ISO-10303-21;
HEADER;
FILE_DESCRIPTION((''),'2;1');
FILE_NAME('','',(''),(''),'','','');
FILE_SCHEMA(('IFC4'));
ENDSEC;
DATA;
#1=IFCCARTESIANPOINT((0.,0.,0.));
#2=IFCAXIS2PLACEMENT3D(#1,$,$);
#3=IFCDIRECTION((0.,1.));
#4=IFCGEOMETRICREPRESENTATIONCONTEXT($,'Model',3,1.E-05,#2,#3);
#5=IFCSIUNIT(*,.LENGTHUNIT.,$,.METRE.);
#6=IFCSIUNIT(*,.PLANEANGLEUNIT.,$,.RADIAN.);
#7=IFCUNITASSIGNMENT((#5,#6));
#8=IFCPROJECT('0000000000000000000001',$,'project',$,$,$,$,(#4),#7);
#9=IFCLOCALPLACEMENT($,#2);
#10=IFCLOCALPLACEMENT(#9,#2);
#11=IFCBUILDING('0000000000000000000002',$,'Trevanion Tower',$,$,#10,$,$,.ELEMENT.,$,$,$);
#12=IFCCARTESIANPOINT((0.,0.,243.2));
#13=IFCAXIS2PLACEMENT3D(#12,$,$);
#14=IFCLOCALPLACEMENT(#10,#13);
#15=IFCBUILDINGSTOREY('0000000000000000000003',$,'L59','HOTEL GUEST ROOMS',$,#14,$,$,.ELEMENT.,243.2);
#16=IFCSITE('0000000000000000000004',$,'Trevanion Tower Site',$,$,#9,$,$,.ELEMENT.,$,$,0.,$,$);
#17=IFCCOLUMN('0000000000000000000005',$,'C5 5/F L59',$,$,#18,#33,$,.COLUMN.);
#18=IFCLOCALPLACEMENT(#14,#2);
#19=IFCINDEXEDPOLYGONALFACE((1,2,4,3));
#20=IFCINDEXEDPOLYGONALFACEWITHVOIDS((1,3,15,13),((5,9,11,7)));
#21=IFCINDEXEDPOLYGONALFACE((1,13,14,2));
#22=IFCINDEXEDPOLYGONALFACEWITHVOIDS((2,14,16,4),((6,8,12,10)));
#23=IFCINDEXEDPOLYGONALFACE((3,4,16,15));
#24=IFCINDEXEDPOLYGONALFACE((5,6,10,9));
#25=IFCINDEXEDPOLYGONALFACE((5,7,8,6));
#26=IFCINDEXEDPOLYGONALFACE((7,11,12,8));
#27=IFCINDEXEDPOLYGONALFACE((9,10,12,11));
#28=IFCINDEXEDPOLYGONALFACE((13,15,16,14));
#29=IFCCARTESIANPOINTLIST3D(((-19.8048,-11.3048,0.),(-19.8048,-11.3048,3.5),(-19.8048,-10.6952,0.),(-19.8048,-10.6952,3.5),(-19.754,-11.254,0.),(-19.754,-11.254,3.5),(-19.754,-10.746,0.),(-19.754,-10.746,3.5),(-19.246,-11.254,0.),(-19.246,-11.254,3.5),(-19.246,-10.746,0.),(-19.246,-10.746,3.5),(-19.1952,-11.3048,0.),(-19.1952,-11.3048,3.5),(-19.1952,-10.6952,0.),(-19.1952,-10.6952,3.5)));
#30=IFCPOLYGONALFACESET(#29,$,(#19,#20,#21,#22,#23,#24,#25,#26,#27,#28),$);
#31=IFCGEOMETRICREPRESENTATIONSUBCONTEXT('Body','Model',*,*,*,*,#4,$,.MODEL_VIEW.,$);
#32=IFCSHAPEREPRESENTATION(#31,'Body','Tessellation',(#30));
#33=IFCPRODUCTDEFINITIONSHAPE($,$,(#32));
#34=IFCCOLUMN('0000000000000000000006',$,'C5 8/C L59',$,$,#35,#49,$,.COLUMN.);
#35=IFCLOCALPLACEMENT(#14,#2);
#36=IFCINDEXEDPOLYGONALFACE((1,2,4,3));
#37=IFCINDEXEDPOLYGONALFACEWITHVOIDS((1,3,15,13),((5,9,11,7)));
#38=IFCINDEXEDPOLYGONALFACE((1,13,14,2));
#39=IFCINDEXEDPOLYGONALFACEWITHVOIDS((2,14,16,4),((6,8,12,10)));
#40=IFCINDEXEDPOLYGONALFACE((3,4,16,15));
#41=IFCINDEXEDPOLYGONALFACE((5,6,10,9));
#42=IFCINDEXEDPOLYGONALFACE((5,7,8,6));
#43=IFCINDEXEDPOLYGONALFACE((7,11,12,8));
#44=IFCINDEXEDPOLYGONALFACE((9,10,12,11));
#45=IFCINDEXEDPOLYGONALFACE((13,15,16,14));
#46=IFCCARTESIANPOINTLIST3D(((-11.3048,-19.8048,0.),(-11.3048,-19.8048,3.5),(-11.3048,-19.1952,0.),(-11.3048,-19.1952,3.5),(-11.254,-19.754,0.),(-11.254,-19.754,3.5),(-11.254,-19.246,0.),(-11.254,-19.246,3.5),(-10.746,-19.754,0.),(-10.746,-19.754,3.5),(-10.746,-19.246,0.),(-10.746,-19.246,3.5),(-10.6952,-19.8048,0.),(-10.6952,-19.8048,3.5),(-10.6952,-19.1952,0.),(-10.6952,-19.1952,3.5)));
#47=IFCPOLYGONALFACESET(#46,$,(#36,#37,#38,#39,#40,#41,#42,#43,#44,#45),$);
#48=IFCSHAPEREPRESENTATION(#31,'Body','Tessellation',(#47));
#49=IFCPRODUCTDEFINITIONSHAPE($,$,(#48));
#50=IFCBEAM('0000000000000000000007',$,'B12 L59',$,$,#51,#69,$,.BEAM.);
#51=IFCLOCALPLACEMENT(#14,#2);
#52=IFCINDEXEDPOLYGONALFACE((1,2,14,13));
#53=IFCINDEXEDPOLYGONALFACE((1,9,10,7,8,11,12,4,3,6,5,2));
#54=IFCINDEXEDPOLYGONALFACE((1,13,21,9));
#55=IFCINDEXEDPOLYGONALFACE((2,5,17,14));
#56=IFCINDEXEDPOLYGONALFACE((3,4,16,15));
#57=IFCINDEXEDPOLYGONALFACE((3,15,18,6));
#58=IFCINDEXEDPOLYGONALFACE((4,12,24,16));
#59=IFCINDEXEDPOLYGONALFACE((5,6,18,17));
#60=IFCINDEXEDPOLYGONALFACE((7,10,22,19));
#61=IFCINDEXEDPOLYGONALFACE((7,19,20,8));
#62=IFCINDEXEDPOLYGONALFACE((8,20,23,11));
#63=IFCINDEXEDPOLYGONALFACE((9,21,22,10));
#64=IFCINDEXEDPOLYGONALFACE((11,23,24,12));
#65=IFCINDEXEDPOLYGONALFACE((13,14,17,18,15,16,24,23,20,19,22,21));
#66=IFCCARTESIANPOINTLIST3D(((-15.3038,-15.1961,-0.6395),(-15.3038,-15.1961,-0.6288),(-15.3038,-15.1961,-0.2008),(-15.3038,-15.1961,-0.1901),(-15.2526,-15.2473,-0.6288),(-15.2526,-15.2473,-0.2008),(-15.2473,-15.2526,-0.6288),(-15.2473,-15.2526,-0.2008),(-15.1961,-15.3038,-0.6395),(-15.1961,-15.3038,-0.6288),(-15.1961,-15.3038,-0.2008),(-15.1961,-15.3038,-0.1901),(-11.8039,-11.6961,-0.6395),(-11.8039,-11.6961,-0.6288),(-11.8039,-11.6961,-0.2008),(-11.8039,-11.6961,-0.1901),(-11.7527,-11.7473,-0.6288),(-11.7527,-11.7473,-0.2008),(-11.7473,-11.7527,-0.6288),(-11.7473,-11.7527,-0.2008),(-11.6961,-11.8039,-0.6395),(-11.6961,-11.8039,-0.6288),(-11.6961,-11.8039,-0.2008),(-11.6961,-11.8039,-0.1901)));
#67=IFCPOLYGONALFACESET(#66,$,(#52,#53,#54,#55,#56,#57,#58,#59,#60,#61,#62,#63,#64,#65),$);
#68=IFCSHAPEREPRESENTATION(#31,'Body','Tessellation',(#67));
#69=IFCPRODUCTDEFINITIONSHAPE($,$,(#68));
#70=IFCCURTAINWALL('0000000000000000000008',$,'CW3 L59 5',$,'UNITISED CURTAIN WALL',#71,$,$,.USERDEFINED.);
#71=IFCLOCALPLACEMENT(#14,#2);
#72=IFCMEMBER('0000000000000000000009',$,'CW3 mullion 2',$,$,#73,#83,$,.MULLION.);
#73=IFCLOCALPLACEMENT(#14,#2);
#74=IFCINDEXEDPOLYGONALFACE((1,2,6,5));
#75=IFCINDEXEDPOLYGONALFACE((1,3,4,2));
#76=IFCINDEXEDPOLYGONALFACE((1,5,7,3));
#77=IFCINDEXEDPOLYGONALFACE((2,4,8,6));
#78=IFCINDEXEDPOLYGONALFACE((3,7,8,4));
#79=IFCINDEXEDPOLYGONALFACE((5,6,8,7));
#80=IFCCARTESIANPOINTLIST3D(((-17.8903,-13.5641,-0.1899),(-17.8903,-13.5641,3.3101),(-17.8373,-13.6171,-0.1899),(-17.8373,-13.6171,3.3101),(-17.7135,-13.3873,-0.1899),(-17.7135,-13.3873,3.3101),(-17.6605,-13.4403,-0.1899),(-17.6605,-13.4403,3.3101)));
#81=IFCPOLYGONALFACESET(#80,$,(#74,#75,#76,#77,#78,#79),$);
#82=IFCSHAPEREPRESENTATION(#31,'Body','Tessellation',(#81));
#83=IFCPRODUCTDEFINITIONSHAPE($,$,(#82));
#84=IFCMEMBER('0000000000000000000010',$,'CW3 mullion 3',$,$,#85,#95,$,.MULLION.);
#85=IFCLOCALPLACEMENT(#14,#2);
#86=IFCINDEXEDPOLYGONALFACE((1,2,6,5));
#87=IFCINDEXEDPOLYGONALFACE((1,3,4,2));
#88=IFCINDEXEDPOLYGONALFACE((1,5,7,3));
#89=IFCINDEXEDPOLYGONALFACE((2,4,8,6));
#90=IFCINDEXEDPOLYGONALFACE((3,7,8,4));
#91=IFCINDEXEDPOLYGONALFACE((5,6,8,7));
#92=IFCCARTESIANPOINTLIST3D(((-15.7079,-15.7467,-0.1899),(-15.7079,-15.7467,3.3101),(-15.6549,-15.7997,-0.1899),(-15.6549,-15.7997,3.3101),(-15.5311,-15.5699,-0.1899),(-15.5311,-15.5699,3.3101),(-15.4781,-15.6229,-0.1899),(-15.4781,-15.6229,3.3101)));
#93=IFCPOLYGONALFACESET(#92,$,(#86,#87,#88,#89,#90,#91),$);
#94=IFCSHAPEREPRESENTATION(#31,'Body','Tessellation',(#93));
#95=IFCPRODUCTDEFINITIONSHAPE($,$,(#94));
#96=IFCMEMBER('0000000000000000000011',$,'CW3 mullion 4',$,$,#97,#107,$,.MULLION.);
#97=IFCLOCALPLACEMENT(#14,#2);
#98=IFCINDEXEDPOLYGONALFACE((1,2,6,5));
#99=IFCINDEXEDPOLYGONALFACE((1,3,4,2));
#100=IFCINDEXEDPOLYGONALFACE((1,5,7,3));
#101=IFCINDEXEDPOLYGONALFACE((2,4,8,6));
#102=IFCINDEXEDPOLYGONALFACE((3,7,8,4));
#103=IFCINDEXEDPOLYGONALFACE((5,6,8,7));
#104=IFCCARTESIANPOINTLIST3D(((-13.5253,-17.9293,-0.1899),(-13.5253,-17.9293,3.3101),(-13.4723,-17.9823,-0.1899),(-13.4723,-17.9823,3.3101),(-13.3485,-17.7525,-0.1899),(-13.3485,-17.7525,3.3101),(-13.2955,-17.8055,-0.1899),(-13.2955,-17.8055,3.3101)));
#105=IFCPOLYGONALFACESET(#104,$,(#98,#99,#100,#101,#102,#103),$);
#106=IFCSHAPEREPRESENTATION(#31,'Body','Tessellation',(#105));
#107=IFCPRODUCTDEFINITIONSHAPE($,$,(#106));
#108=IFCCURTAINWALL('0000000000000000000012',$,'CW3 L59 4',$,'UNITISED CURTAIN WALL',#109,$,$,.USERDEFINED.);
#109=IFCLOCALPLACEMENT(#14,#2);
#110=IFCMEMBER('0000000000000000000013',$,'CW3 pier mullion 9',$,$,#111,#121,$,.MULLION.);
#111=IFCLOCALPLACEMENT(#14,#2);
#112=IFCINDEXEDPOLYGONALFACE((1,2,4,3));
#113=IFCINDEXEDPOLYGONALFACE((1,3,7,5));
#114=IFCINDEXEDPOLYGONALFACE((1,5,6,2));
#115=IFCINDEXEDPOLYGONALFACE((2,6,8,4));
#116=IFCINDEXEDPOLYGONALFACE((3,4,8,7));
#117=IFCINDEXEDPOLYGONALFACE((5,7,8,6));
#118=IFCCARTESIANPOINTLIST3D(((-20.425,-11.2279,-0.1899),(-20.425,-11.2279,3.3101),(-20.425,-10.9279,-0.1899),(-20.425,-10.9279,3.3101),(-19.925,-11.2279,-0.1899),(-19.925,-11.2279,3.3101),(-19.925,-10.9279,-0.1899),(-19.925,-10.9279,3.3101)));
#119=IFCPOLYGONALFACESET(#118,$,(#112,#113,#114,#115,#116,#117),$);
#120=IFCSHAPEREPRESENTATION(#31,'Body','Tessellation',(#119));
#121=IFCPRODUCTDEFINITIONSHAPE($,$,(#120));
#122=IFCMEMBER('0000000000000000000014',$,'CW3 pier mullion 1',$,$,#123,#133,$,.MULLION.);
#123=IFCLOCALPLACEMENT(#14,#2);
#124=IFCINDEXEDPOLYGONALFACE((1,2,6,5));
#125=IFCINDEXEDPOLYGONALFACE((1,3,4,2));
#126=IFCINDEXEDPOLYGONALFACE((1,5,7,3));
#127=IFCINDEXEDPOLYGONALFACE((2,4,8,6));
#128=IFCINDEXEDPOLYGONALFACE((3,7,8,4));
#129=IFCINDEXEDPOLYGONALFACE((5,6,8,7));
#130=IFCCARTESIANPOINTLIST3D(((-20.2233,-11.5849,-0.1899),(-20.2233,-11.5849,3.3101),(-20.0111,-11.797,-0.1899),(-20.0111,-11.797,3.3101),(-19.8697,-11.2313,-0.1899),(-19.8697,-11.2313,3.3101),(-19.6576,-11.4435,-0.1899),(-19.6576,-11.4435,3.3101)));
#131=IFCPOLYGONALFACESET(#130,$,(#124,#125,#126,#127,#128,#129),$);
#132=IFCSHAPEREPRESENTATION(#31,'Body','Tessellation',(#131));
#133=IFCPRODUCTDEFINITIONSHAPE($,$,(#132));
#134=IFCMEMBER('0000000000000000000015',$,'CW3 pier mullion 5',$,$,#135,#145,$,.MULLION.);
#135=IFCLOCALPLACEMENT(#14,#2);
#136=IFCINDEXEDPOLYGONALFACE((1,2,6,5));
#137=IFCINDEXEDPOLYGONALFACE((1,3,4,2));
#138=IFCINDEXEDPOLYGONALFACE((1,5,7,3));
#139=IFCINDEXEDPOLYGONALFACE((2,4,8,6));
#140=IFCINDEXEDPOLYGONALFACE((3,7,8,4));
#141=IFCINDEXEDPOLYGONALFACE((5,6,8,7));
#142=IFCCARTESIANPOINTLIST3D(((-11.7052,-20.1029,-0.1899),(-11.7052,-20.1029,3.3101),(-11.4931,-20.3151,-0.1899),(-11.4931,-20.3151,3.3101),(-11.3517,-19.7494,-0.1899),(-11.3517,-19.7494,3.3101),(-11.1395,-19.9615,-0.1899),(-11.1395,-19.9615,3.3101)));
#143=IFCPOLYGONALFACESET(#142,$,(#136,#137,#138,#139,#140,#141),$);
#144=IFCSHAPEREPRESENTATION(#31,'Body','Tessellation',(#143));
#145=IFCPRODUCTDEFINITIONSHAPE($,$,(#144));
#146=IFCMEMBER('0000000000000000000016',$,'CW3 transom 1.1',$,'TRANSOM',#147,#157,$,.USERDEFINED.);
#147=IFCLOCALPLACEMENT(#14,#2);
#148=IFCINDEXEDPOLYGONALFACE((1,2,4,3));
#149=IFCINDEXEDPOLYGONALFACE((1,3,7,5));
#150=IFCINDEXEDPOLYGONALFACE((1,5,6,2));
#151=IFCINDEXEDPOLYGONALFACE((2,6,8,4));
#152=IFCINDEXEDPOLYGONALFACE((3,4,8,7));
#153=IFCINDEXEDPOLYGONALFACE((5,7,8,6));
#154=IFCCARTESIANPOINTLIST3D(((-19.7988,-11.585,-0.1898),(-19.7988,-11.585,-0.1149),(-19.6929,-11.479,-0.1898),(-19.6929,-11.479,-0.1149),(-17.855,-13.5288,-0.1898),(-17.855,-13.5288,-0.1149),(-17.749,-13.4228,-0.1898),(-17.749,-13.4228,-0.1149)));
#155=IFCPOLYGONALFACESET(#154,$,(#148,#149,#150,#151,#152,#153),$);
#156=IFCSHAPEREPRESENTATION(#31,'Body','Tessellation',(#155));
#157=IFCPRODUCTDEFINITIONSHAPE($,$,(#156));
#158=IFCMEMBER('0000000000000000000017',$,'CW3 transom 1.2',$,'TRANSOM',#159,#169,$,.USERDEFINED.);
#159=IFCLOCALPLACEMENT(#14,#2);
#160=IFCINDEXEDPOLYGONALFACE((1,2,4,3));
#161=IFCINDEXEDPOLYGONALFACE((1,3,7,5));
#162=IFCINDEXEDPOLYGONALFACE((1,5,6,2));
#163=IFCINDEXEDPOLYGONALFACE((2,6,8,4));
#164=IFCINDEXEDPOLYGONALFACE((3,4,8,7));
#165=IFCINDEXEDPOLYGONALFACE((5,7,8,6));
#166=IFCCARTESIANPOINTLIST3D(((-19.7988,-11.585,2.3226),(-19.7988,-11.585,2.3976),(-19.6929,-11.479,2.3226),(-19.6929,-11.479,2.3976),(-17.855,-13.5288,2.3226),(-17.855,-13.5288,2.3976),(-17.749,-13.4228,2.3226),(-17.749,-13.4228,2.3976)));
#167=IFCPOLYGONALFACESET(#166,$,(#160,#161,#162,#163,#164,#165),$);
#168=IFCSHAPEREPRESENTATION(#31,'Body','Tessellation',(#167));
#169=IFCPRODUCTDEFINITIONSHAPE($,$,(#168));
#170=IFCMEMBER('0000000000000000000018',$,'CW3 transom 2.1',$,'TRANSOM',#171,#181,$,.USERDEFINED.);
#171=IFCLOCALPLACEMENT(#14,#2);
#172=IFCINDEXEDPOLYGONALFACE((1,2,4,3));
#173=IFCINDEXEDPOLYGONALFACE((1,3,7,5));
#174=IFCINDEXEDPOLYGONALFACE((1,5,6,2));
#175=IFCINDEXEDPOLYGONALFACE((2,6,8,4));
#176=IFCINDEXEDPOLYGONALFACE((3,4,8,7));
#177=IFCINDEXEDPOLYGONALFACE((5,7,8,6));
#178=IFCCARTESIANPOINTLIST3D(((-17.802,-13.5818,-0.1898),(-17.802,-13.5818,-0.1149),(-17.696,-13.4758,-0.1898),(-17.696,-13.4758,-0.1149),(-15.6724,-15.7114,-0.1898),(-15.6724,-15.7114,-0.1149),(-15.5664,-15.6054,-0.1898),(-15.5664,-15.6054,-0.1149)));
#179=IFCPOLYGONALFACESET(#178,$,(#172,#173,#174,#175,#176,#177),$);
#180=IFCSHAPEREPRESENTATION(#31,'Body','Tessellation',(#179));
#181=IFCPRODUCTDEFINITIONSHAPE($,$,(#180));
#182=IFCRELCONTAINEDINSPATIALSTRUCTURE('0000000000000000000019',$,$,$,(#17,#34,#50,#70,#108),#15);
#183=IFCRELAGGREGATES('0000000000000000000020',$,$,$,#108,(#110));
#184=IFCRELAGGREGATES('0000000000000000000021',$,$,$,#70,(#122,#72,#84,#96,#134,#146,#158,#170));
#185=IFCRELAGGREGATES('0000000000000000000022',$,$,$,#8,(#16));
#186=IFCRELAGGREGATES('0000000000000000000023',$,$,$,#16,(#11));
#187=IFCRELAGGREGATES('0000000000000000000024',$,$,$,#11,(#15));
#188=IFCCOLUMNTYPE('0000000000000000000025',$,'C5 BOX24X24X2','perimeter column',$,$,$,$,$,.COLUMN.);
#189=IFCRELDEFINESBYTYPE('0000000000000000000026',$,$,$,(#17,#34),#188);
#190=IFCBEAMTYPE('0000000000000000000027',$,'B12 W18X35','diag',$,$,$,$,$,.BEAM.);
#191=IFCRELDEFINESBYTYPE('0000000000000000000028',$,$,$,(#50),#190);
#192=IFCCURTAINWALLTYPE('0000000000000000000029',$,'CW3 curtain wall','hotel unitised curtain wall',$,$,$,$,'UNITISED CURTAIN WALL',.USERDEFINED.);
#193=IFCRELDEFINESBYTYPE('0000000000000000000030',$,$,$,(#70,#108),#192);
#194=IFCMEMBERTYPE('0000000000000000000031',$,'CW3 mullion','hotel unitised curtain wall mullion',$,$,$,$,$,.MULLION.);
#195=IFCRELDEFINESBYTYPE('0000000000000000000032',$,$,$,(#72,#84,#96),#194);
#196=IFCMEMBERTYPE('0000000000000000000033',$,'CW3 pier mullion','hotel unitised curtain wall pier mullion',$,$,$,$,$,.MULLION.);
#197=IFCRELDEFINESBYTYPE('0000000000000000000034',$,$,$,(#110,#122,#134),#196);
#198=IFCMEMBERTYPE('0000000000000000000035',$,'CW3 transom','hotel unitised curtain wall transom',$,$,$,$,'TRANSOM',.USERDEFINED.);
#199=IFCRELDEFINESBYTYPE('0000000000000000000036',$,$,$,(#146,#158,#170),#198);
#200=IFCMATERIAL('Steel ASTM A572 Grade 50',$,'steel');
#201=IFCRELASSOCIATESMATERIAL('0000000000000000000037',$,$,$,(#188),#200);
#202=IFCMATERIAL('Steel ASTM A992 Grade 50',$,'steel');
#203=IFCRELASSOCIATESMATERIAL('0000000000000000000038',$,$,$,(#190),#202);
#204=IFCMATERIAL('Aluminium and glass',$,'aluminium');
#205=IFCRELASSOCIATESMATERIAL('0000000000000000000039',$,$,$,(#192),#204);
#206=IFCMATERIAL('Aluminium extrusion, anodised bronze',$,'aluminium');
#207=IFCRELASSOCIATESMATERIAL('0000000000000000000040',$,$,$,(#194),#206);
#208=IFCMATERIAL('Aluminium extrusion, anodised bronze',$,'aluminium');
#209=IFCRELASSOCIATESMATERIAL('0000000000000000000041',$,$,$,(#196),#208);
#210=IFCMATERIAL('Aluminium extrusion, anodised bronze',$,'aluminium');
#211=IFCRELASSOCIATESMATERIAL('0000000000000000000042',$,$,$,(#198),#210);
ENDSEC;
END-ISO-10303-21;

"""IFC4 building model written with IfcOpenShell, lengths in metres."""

from ifc_helpers import new_model, si_unit, direction, frame, origin, origin_2d, place, context, subcontext, project, spatial, rectangle, hollow_rectangle, i_section, extrude, material, material_profile, profile_set, type_object, element, aggregate, save


model = new_model("IFC4")

# Units and contexts
model_context = context("Model", 3, precision=1e-05, world=origin(), true_north=direction((0.0, 1.0)))
body_context = subcontext(model_context, "Body", "Model", "MODEL_VIEW")
ifc_project = project(units=[si_unit("LENGTHUNIT", "METRE"), si_unit("PLANEANGLEUNIT", "RADIAN")], contexts=[model_context])

# Site, building, storey
site_placement = place(None, origin())
site = spatial("IfcSite", under=ifc_project, at=site_placement, Name="Trevanion Tower Site", CompositionType="ELEMENT", RefElevation=0.0)
building_placement = place(site_placement, origin())
building = spatial("IfcBuilding", under=site, at=building_placement, Name="Trevanion Tower", CompositionType="ELEMENT")
storey_placement = place(building_placement, frame((0.0, 0.0, 243.2)))
storey = spatial("IfcBuildingStorey", under=building, at=storey_placement, Name="L59", Description="HOTEL GUEST ROOMS", CompositionType="ELEMENT", Elevation=243.2)

# Columns
ifc_material_1 = material(Name="Steel ASTM A572 Grade 50", Category="steel")
ifc_material_profile_1 = material_profile(ifc_material_1, hollow_rectangle(XDim=0.6096, YDim=0.6096, WallThickness=0.0508, at=origin_2d()), Name="BOX24X24X2")
ifc_profile_set_1 = profile_set([ifc_material_profile_1], Name="Steel ASTM A572 Grade 50")
column_type = type_object("IfcColumnType", Name="C5 BOX24X24X2", Description="perimeter column", PredefinedType="COLUMN", material=ifc_profile_set_1)
for number, where, z_axis, x_axis, name in (
    (1, (-19.5, -11.0, 0.0), (0.0, 0.0, 1.0), (0.0, 1.0, 0.0), "C5 5/F L59"),
    (2, (-11.0, -19.5, 0.0), (0.0, 0.0, 1.0), (1.0, 0.0, 0.0), "C5 8/C L59"),
):
    element("IfcColumn", number, at=place(storey_placement, frame(where, z_axis=z_axis, x_axis=x_axis)), inside=storey, type_object=column_type, Name=name, PredefinedType="COLUMN", context=body_context, shape_type="SweptSolid", body=[
        extrude(hollow_rectangle(XDim=0.6096, YDim=0.6096, WallThickness=0.0508, at=origin_2d()), origin(), (0.0, 0.0, 1.0), 3.5),
    ])

# Beam
ifc_material_2 = material(Name="Steel ASTM A992 Grade 50", Category="steel")
ifc_material_profile_2 = material_profile(ifc_material_2, i_section(OverallWidth=0.1523, OverallDepth=0.4495, WebThickness=0.0076, FlangeThickness=0.0107, at=origin_2d()), Name="W18X35")
ifc_profile_set_2 = profile_set([ifc_material_profile_2], Name="Steel ASTM A992 Grade 50")
beam_type_1 = type_object("IfcBeamType", Name="B12 W18X35", Description="diag", PredefinedType="BEAM", material=ifc_profile_set_2)
beam_1_placement = place(storey_placement, frame((-11.75, -11.75, -0.4148), z_axis=(-0.707107, -0.707107, 0.0), x_axis=(0.707107, -0.707107, 0.0)))
element("IfcBeam", 3, at=beam_1_placement, inside=storey, type_object=beam_type_1, Name="B12 L59", PredefinedType="BEAM", context=body_context, shape_type="SweptSolid", body=[
    extrude(i_section(OverallWidth=0.1523, OverallDepth=0.4495, WebThickness=0.0076, FlangeThickness=0.0107, at=origin_2d()), origin(), (0.0, 0.0, 1.0), 4.9497),
])

# Curtain wall, members
ifc_material_3 = material(Name="Aluminium and glass", Category="aluminium")
curtain_wall_type = type_object("IfcCurtainWallType", Name="CW3 curtain wall", Description="hotel unitised curtain wall", ElementType="UNITISED CURTAIN WALL", PredefinedType="USERDEFINED", material=ifc_material_3)
curtain_wall_1_placement = place(storey_placement, origin())
curtain_wall_1 = element("IfcCurtainWall", 4, at=curtain_wall_1_placement, inside=storey, type_object=curtain_wall_type, Name="CW3 L59 5", ObjectType="UNITISED CURTAIN WALL", PredefinedType="USERDEFINED")
ifc_material_4 = material(Name="Aluminium extrusion, anodised bronze", Category="aluminium")
ifc_material_profile_3 = material_profile(ifc_material_4, rectangle(XDim=0.075, YDim=0.25, at=origin_2d()), Name="CW3 mullion")
ifc_profile_set_3 = profile_set([ifc_material_profile_3], Name="Aluminium extrusion, anodised bronze")
member_type_1 = type_object("IfcMemberType", Name="CW3 mullion", Description="hotel unitised curtain wall mullion", PredefinedType="MULLION", material=ifc_profile_set_3)
member_1_placement = place(storey_placement, frame((-17.7754, -13.5022, -0.1899), z_axis=(0.0, 0.0, 1.0), x_axis=(0.707107, -0.707107, 0.0)))
member_1 = element("IfcMember", 5, at=member_1_placement, type_object=member_type_1, Name="CW3 mullion 2", PredefinedType="MULLION", context=body_context, shape_type="SweptSolid", body=[
    extrude(rectangle(XDim=0.075, YDim=0.25, at=origin_2d()), origin(), (0.0, 0.0, 1.0), 3.5),
])
member_2_placement = place(storey_placement, frame((-15.593, -15.6848, -0.1899), z_axis=(0.0, 0.0, 1.0), x_axis=(0.707107, -0.707107, 0.0)))
member_2 = element("IfcMember", 6, at=member_2_placement, type_object=member_type_1, Name="CW3 mullion 3", PredefinedType="MULLION", context=body_context, shape_type="SweptSolid", body=[
    extrude(rectangle(XDim=0.075, YDim=0.25, at=origin_2d()), origin(), (0.0, 0.0, 1.0), 3.5),
])
member_3_placement = place(storey_placement, frame((-13.4104, -17.8674, -0.1899), z_axis=(0.0, 0.0, 1.0), x_axis=(0.707107, -0.707107, 0.0)))
member_3 = element("IfcMember", 7, at=member_3_placement, type_object=member_type_1, Name="CW3 mullion 4", PredefinedType="MULLION", context=body_context, shape_type="SweptSolid", body=[
    extrude(rectangle(XDim=0.075, YDim=0.25, at=origin_2d()), origin(), (0.0, 0.0, 1.0), 3.5),
])

# Curtain wall, member
curtain_wall_2_placement = place(storey_placement, origin())
curtain_wall_2 = element("IfcCurtainWall", 8, at=curtain_wall_2_placement, inside=storey, type_object=curtain_wall_type, Name="CW3 L59 4", ObjectType="UNITISED CURTAIN WALL", PredefinedType="USERDEFINED")
ifc_material_5 = material(Name="Aluminium extrusion, anodised bronze", Category="aluminium")
ifc_material_profile_4 = material_profile(ifc_material_5, rectangle(XDim=0.3, YDim=0.5, at=origin_2d()), Name="CW3 pier mullion")
ifc_profile_set_4 = profile_set([ifc_material_profile_4], Name="Aluminium extrusion, anodised bronze")
member_type_2 = type_object("IfcMemberType", Name="CW3 pier mullion", Description="hotel unitised curtain wall pier mullion", PredefinedType="MULLION", material=ifc_profile_set_4)
member_4_placement = place(storey_placement, frame((-20.175, -11.0779, -0.1899), z_axis=(0.0, 0.0, 1.0), x_axis=(0.0, -1.0, 0.0)))
member_4 = element("IfcMember", 9, at=member_4_placement, type_object=member_type_2, Name="CW3 pier mullion 9", PredefinedType="MULLION", context=body_context, shape_type="SweptSolid", body=[
    extrude(rectangle(XDim=0.3, YDim=0.5, at=origin_2d()), origin(), (0.0, 0.0, 1.0), 3.5),
])
aggregate(curtain_wall_2, [member_4])

# Members
member_5_placement = place(storey_placement, frame((-19.9404, -11.5142, -0.1899), z_axis=(0.0, 0.0, 1.0), x_axis=(0.707107, -0.707107, 0.0)))
member_5 = element("IfcMember", 10, at=member_5_placement, type_object=member_type_2, Name="CW3 pier mullion 1", PredefinedType="MULLION", context=body_context, shape_type="SweptSolid", body=[
    extrude(rectangle(XDim=0.3, YDim=0.5, at=origin_2d()), origin(), (0.0, 0.0, 1.0), 3.5),
])
member_6_placement = place(storey_placement, frame((-11.4224, -20.0322, -0.1899), z_axis=(0.0, 0.0, 1.0), x_axis=(0.707107, -0.707107, 0.0)))
member_6 = element("IfcMember", 11, at=member_6_placement, type_object=member_type_2, Name="CW3 pier mullion 5", PredefinedType="MULLION", context=body_context, shape_type="SweptSolid", body=[
    extrude(rectangle(XDim=0.3, YDim=0.5, at=origin_2d()), origin(), (0.0, 0.0, 1.0), 3.5),
])
ifc_material_6 = material(Name="Aluminium extrusion, anodised bronze", Category="aluminium")
ifc_material_profile_5 = material_profile(ifc_material_6, rectangle(XDim=0.1499, YDim=0.075, at=origin_2d()), Name="CW3 transom")
ifc_profile_set_5 = profile_set([ifc_material_profile_5], Name="Aluminium extrusion, anodised bronze")
member_type_3 = type_object("IfcMemberType", Name="CW3 transom", Description="hotel unitised curtain wall transom", ElementType="TRANSOM", PredefinedType="USERDEFINED", material=ifc_profile_set_5)
member_7_placement = place(storey_placement, frame((-19.7458, -11.532, -0.1523), z_axis=(0.707107, -0.707107, 0.0), x_axis=(0.707107, 0.707107, 0.0)))
member_7 = element("IfcMember", 12, at=member_7_placement, type_object=member_type_3, Name="CW3 transom 1.1", ObjectType="TRANSOM", PredefinedType="USERDEFINED", context=body_context, shape_type="SweptSolid", body=[
    extrude(rectangle(XDim=0.1499, YDim=0.075, at=origin_2d()), origin(), (0.0, 0.0, 1.0), 2.749),
])
member_8_placement = place(storey_placement, frame((-19.7458, -11.532, 2.3601), z_axis=(0.707107, -0.707107, 0.0), x_axis=(0.707107, 0.707107, 0.0)))
member_8 = element("IfcMember", 13, at=member_8_placement, type_object=member_type_3, Name="CW3 transom 1.2", ObjectType="TRANSOM", PredefinedType="USERDEFINED", context=body_context, shape_type="SweptSolid", body=[
    extrude(rectangle(XDim=0.1499, YDim=0.075, at=origin_2d()), origin(), (0.0, 0.0, 1.0), 2.749),
])
member_9_placement = place(storey_placement, frame((-17.749, -13.5288, -0.1523), z_axis=(0.707107, -0.707107, 0.0), x_axis=(0.707107, 0.707107, 0.0)))
member_9 = element("IfcMember", 14, at=member_9_placement, type_object=member_type_3, Name="CW3 transom 2.1", ObjectType="TRANSOM", PredefinedType="USERDEFINED", context=body_context, shape_type="SweptSolid", body=[
    extrude(rectangle(XDim=0.1499, YDim=0.075, at=origin_2d()), origin(), (0.0, 0.0, 1.0), 3.0117),
])

aggregate(curtain_wall_1, [member_5, member_1, member_2, member_3, member_6, member_7, member_8, member_9])

save(model, "model.ifc")
